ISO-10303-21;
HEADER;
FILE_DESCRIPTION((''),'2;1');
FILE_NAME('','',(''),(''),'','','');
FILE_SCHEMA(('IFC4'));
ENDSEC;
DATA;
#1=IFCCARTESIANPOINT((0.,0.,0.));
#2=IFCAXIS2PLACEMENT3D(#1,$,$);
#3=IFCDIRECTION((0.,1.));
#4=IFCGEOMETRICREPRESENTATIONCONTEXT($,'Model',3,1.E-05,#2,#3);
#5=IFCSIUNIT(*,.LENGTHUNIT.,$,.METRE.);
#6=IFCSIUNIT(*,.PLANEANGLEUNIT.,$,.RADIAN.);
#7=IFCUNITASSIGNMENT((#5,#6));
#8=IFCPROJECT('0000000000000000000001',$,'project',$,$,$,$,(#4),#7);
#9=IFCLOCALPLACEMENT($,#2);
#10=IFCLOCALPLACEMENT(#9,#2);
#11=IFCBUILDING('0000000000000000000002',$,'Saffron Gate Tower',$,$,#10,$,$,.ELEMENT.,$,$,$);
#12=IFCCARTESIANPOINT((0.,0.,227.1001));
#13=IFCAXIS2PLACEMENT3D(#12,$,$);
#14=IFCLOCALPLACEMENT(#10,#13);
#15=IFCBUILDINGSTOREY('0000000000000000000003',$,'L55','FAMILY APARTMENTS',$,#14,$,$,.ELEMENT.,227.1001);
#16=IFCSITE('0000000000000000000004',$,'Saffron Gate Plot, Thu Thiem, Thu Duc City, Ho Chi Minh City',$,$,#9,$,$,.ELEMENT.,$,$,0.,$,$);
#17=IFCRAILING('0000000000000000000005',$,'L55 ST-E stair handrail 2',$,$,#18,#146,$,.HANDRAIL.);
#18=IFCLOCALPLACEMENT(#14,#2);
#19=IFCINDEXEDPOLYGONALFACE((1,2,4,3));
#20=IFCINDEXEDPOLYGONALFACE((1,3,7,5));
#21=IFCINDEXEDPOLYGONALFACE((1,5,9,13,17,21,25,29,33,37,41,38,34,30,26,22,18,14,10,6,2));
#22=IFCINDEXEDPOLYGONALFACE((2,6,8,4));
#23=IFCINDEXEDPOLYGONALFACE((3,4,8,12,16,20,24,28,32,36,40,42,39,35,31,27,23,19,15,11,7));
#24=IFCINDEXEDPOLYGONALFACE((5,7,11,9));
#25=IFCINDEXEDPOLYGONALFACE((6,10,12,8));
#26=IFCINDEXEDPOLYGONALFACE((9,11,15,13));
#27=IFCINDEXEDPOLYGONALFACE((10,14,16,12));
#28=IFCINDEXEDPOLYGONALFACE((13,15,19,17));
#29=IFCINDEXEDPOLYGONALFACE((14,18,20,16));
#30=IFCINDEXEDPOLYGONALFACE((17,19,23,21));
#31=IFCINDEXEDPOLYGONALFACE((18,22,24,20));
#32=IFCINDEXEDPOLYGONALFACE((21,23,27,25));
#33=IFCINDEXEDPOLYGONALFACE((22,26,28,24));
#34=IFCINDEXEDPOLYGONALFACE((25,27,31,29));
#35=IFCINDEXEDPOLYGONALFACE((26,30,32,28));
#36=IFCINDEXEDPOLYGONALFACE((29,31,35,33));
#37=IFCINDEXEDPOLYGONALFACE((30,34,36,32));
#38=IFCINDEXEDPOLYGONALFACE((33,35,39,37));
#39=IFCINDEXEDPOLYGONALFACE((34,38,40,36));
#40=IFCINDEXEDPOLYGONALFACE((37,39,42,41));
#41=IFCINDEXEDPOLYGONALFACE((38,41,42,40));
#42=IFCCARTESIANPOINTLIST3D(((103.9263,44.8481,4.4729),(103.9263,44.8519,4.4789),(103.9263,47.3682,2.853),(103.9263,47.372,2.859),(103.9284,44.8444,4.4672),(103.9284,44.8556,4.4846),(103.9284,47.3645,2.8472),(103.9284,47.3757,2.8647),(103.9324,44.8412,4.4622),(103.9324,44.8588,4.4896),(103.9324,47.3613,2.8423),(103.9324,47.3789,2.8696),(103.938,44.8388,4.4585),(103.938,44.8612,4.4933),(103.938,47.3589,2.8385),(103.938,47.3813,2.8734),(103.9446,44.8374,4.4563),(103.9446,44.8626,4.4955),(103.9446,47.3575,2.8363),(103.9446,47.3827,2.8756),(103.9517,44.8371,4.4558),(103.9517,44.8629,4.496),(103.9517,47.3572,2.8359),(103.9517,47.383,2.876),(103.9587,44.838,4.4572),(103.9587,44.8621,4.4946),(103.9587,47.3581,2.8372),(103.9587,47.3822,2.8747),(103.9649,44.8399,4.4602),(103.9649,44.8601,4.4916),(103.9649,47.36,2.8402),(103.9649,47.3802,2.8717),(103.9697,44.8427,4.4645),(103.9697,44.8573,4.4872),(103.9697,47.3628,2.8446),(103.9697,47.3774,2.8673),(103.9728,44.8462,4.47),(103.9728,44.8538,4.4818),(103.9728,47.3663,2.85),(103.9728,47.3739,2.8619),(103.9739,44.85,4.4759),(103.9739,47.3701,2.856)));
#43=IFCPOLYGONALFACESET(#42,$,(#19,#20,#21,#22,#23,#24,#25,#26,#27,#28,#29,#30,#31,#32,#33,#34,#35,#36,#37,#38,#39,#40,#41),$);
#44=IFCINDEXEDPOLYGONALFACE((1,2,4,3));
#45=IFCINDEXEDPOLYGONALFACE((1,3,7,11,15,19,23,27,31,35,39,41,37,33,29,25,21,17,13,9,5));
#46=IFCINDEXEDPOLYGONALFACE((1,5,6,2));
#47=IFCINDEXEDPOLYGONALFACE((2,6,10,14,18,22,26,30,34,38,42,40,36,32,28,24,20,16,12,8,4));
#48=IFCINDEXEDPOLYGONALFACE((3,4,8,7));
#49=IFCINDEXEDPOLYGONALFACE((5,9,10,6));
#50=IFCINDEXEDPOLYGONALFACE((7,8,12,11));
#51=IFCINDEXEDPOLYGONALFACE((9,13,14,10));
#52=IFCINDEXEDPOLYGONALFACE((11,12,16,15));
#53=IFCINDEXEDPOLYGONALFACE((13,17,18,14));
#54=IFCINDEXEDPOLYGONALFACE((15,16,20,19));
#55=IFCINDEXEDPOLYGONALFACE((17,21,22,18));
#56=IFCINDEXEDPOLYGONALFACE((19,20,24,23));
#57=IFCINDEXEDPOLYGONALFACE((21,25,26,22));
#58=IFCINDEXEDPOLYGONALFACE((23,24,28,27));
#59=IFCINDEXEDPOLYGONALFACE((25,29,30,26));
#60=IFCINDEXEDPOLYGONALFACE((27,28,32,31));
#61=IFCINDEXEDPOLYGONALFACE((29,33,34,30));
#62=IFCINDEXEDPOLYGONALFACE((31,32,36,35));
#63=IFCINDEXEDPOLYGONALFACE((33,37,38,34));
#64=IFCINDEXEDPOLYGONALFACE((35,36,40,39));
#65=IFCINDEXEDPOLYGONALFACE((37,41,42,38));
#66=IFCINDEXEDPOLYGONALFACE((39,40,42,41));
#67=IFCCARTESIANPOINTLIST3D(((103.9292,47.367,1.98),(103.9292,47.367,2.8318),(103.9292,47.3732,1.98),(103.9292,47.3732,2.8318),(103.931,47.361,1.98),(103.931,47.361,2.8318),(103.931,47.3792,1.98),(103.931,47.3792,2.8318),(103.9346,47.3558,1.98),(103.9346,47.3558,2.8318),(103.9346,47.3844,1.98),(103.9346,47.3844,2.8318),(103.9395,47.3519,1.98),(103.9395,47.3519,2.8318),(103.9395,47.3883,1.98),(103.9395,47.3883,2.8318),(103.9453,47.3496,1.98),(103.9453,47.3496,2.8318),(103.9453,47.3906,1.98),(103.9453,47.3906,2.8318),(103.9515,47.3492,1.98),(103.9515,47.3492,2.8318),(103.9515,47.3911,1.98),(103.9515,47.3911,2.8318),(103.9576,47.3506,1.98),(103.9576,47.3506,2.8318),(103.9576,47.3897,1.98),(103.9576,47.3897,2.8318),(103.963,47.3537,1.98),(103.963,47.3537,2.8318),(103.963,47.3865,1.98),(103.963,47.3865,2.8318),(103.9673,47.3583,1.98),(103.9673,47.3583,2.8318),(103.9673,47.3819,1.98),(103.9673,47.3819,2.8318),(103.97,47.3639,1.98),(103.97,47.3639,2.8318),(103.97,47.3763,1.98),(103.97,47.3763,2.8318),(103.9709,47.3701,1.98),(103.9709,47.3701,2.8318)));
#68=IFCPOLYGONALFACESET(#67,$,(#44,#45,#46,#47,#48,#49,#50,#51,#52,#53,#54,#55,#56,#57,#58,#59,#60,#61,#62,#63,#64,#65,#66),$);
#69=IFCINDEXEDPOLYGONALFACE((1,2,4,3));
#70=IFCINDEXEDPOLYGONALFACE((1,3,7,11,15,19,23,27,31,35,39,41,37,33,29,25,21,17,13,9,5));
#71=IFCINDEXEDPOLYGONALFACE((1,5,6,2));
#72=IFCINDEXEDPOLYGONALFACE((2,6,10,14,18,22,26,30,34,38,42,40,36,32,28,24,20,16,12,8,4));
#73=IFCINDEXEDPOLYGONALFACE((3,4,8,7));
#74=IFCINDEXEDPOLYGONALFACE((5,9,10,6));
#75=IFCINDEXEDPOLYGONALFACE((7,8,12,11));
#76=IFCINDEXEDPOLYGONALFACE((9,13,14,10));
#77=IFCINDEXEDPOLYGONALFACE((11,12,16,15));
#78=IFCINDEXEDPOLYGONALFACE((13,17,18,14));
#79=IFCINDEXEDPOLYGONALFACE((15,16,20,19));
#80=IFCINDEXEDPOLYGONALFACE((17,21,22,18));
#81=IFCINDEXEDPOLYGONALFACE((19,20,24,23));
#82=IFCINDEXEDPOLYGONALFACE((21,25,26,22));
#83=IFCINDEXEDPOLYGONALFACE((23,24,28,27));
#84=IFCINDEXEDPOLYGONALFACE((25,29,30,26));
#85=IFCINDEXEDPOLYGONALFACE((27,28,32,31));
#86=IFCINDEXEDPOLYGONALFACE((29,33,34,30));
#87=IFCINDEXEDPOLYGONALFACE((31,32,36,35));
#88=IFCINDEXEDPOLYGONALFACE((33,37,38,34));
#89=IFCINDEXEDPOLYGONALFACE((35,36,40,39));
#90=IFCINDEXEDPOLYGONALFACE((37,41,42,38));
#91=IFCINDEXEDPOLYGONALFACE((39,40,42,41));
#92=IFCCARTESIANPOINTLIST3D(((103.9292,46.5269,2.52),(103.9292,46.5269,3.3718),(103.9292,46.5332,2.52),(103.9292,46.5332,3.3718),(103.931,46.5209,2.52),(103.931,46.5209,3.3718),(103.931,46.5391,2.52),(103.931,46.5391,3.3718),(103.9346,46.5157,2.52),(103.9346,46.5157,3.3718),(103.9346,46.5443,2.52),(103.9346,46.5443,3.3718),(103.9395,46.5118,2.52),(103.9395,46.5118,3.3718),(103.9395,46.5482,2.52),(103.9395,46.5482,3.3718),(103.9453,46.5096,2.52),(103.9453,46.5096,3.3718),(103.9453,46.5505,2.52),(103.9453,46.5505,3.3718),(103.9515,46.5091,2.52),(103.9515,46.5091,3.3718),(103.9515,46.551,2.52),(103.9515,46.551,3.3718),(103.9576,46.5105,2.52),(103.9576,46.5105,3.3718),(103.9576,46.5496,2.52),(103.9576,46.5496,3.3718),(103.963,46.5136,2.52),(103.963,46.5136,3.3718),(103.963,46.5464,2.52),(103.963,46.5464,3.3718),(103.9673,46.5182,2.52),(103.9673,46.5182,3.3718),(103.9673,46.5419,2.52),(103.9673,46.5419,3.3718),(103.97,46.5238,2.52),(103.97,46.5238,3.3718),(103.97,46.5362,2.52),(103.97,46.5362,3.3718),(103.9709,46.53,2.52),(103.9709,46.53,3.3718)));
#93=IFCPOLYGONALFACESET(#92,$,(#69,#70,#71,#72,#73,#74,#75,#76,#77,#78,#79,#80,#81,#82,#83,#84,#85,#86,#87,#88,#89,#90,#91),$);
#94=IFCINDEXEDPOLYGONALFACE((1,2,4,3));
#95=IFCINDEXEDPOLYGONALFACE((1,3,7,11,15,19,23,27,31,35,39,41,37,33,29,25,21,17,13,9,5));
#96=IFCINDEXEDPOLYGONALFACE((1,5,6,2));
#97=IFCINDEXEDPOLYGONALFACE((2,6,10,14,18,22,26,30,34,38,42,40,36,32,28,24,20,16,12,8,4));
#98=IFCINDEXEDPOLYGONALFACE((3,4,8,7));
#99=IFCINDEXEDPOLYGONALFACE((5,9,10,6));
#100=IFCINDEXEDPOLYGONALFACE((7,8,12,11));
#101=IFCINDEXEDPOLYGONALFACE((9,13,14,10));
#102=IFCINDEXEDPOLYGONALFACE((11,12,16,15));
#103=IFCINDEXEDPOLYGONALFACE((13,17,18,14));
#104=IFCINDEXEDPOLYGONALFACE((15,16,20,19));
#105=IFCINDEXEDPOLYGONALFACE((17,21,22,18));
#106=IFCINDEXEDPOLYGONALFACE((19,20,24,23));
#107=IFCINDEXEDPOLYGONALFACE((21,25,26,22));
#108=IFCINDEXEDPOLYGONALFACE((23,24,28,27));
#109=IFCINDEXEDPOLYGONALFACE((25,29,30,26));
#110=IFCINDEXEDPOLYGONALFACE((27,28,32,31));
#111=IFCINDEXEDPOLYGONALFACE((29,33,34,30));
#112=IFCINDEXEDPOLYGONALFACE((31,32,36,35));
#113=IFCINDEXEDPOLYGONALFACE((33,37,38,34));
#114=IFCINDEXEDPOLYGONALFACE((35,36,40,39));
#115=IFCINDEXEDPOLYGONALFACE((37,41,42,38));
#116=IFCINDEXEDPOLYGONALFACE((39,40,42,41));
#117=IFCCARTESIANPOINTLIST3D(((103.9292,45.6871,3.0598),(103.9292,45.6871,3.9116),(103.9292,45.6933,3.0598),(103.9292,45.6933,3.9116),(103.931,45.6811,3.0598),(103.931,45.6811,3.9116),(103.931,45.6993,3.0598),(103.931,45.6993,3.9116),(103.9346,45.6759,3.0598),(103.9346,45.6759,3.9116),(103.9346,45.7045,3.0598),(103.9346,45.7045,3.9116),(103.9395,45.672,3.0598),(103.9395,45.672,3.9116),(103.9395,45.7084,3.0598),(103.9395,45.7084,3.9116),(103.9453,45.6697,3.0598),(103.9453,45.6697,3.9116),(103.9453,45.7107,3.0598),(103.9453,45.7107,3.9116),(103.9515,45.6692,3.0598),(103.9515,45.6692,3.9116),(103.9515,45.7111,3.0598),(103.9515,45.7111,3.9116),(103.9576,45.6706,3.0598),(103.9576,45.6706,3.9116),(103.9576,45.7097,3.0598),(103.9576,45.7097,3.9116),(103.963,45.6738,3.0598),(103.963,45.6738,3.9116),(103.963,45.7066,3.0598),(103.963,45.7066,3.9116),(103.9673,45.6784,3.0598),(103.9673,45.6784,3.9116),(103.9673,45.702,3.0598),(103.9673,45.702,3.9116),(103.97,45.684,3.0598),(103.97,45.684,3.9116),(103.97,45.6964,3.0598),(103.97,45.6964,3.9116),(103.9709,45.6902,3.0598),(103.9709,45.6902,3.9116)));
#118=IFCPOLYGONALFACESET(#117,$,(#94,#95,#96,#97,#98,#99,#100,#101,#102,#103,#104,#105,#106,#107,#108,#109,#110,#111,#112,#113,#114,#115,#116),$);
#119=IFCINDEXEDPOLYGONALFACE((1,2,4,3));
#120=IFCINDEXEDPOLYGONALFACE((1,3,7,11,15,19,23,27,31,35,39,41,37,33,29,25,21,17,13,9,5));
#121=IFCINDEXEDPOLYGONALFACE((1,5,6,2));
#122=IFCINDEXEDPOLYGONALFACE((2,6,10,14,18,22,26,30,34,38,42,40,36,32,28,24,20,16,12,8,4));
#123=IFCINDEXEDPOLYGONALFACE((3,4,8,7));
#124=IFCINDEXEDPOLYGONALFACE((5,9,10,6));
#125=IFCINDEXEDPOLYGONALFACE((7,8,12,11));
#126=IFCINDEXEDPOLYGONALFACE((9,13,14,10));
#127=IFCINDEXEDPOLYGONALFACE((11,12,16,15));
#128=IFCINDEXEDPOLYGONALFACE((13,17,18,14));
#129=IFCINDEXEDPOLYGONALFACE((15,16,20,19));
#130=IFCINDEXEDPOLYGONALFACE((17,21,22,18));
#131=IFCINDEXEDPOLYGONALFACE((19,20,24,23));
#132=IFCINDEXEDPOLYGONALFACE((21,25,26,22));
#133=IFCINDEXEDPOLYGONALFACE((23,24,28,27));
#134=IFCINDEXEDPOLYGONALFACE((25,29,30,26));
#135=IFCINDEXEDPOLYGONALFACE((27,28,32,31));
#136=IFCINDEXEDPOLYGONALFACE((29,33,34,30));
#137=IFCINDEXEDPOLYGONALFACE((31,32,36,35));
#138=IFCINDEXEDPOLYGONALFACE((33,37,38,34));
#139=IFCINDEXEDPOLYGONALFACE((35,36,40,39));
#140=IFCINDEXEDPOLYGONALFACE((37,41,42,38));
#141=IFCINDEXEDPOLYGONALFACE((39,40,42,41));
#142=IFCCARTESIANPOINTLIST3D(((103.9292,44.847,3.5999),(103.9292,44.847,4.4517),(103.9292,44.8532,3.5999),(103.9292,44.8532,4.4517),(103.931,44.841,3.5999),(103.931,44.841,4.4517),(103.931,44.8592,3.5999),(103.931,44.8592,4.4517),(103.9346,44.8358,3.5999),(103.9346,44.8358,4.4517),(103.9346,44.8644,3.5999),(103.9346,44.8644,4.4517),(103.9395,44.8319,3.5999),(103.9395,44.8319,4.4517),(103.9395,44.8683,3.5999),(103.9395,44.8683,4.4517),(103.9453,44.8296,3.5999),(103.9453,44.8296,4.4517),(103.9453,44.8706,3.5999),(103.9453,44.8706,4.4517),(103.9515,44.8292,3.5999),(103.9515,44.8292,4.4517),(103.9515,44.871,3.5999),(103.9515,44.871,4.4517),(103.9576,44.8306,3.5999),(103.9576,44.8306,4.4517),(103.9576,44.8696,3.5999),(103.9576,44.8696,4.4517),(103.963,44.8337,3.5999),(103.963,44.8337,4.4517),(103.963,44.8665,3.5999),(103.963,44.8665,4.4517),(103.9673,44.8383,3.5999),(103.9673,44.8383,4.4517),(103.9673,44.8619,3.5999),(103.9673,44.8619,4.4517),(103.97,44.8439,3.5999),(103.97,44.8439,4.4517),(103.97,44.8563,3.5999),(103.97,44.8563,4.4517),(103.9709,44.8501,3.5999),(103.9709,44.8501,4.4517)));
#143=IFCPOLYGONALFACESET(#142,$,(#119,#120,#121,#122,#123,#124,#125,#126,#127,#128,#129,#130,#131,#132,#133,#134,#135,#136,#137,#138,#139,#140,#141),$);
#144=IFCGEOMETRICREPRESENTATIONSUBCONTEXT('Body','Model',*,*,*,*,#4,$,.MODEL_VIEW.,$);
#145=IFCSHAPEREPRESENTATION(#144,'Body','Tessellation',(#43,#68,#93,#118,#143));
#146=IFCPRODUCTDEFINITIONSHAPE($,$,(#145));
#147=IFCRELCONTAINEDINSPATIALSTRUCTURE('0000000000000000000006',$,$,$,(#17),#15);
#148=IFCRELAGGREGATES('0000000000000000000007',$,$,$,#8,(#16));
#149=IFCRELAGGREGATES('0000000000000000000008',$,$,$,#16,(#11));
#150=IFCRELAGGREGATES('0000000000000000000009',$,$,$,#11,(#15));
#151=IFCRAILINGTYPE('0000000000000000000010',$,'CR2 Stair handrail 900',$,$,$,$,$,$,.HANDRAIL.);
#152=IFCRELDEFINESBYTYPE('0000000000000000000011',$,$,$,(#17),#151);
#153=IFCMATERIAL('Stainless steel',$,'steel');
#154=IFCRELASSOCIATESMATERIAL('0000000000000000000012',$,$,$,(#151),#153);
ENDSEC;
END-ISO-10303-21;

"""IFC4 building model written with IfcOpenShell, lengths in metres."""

from ifc_helpers import new_model, si_unit, direction, frame, origin, origin_2d, place, context, subcontext, project, spatial, circle, extrude, material, type_object, element, save


model = new_model("IFC4")

# Units and contexts
model_context = context("Model", 3, precision=1e-05, world=origin(), true_north=direction((0.0, 1.0)))
body_context = subcontext(model_context, "Body", "Model", "MODEL_VIEW")
ifc_project = project(units=[si_unit("LENGTHUNIT", "METRE"), si_unit("PLANEANGLEUNIT", "RADIAN")], contexts=[model_context])

# Site, building, storey
site_placement = place(None, origin())
site = spatial("IfcSite", under=ifc_project, at=site_placement, Name="Saffron Gate Plot, Thu Thiem, Thu Duc City, Ho Chi Minh City", CompositionType="ELEMENT", RefElevation=0.0)
building_placement = place(site_placement, origin())
building = spatial("IfcBuilding", under=site, at=building_placement, Name="Saffron Gate Tower", CompositionType="ELEMENT")
storey_placement = place(building_placement, frame((0.0, 0.0, 227.1001)))
storey = spatial("IfcBuildingStorey", under=building, at=storey_placement, Name="L55", Description="FAMILY APARTMENTS", CompositionType="ELEMENT", Elevation=227.1001)

# Railing
ifc_material_1 = material(Name="Stainless steel", Category="steel")
railing_type_1 = type_object("IfcRailingType", Name="CR2 Stair handrail 900", PredefinedType="HANDRAIL", material=ifc_material_1)
railing_1_placement = place(storey_placement, frame((103.95, 47.3701, 1.98)))
element("IfcRailing", 1, at=railing_1_placement, inside=storey, type_object=railing_type_1, Name="L55 ST-E stair handrail 2", PredefinedType="HANDRAIL", context=body_context, shape_type="SweptSolid", body=[
    extrude(circle(Radius=0.0239, at=origin_2d()), frame((0.0, 0.0, 0.876), z_axis=(0.0, -0.8412, 0.540725), x_axis=(1.0, 0.0, 0.0)), (0.0, 0.0, 1.0), 2.9958),
    extrude(circle(Radius=0.021, at=origin_2d()), origin(), (0.0, 0.0, 1.0), 0.8518),
    extrude(circle(Radius=0.021, at=origin_2d()), frame((0.0, -0.8401, 0.54)), (0.0, 0.0, 1.0), 0.8518),
    extrude(circle(Radius=0.021, at=origin_2d()), frame((0.0, -1.6799, 1.0798)), (0.0, 0.0, 1.0), 0.8518),
    extrude(circle(Radius=0.021, at=origin_2d()), frame((0.0, -2.52, 1.6199)), (0.0, 0.0, 1.0), 0.8518),
])

save(model, "model.ifc")
